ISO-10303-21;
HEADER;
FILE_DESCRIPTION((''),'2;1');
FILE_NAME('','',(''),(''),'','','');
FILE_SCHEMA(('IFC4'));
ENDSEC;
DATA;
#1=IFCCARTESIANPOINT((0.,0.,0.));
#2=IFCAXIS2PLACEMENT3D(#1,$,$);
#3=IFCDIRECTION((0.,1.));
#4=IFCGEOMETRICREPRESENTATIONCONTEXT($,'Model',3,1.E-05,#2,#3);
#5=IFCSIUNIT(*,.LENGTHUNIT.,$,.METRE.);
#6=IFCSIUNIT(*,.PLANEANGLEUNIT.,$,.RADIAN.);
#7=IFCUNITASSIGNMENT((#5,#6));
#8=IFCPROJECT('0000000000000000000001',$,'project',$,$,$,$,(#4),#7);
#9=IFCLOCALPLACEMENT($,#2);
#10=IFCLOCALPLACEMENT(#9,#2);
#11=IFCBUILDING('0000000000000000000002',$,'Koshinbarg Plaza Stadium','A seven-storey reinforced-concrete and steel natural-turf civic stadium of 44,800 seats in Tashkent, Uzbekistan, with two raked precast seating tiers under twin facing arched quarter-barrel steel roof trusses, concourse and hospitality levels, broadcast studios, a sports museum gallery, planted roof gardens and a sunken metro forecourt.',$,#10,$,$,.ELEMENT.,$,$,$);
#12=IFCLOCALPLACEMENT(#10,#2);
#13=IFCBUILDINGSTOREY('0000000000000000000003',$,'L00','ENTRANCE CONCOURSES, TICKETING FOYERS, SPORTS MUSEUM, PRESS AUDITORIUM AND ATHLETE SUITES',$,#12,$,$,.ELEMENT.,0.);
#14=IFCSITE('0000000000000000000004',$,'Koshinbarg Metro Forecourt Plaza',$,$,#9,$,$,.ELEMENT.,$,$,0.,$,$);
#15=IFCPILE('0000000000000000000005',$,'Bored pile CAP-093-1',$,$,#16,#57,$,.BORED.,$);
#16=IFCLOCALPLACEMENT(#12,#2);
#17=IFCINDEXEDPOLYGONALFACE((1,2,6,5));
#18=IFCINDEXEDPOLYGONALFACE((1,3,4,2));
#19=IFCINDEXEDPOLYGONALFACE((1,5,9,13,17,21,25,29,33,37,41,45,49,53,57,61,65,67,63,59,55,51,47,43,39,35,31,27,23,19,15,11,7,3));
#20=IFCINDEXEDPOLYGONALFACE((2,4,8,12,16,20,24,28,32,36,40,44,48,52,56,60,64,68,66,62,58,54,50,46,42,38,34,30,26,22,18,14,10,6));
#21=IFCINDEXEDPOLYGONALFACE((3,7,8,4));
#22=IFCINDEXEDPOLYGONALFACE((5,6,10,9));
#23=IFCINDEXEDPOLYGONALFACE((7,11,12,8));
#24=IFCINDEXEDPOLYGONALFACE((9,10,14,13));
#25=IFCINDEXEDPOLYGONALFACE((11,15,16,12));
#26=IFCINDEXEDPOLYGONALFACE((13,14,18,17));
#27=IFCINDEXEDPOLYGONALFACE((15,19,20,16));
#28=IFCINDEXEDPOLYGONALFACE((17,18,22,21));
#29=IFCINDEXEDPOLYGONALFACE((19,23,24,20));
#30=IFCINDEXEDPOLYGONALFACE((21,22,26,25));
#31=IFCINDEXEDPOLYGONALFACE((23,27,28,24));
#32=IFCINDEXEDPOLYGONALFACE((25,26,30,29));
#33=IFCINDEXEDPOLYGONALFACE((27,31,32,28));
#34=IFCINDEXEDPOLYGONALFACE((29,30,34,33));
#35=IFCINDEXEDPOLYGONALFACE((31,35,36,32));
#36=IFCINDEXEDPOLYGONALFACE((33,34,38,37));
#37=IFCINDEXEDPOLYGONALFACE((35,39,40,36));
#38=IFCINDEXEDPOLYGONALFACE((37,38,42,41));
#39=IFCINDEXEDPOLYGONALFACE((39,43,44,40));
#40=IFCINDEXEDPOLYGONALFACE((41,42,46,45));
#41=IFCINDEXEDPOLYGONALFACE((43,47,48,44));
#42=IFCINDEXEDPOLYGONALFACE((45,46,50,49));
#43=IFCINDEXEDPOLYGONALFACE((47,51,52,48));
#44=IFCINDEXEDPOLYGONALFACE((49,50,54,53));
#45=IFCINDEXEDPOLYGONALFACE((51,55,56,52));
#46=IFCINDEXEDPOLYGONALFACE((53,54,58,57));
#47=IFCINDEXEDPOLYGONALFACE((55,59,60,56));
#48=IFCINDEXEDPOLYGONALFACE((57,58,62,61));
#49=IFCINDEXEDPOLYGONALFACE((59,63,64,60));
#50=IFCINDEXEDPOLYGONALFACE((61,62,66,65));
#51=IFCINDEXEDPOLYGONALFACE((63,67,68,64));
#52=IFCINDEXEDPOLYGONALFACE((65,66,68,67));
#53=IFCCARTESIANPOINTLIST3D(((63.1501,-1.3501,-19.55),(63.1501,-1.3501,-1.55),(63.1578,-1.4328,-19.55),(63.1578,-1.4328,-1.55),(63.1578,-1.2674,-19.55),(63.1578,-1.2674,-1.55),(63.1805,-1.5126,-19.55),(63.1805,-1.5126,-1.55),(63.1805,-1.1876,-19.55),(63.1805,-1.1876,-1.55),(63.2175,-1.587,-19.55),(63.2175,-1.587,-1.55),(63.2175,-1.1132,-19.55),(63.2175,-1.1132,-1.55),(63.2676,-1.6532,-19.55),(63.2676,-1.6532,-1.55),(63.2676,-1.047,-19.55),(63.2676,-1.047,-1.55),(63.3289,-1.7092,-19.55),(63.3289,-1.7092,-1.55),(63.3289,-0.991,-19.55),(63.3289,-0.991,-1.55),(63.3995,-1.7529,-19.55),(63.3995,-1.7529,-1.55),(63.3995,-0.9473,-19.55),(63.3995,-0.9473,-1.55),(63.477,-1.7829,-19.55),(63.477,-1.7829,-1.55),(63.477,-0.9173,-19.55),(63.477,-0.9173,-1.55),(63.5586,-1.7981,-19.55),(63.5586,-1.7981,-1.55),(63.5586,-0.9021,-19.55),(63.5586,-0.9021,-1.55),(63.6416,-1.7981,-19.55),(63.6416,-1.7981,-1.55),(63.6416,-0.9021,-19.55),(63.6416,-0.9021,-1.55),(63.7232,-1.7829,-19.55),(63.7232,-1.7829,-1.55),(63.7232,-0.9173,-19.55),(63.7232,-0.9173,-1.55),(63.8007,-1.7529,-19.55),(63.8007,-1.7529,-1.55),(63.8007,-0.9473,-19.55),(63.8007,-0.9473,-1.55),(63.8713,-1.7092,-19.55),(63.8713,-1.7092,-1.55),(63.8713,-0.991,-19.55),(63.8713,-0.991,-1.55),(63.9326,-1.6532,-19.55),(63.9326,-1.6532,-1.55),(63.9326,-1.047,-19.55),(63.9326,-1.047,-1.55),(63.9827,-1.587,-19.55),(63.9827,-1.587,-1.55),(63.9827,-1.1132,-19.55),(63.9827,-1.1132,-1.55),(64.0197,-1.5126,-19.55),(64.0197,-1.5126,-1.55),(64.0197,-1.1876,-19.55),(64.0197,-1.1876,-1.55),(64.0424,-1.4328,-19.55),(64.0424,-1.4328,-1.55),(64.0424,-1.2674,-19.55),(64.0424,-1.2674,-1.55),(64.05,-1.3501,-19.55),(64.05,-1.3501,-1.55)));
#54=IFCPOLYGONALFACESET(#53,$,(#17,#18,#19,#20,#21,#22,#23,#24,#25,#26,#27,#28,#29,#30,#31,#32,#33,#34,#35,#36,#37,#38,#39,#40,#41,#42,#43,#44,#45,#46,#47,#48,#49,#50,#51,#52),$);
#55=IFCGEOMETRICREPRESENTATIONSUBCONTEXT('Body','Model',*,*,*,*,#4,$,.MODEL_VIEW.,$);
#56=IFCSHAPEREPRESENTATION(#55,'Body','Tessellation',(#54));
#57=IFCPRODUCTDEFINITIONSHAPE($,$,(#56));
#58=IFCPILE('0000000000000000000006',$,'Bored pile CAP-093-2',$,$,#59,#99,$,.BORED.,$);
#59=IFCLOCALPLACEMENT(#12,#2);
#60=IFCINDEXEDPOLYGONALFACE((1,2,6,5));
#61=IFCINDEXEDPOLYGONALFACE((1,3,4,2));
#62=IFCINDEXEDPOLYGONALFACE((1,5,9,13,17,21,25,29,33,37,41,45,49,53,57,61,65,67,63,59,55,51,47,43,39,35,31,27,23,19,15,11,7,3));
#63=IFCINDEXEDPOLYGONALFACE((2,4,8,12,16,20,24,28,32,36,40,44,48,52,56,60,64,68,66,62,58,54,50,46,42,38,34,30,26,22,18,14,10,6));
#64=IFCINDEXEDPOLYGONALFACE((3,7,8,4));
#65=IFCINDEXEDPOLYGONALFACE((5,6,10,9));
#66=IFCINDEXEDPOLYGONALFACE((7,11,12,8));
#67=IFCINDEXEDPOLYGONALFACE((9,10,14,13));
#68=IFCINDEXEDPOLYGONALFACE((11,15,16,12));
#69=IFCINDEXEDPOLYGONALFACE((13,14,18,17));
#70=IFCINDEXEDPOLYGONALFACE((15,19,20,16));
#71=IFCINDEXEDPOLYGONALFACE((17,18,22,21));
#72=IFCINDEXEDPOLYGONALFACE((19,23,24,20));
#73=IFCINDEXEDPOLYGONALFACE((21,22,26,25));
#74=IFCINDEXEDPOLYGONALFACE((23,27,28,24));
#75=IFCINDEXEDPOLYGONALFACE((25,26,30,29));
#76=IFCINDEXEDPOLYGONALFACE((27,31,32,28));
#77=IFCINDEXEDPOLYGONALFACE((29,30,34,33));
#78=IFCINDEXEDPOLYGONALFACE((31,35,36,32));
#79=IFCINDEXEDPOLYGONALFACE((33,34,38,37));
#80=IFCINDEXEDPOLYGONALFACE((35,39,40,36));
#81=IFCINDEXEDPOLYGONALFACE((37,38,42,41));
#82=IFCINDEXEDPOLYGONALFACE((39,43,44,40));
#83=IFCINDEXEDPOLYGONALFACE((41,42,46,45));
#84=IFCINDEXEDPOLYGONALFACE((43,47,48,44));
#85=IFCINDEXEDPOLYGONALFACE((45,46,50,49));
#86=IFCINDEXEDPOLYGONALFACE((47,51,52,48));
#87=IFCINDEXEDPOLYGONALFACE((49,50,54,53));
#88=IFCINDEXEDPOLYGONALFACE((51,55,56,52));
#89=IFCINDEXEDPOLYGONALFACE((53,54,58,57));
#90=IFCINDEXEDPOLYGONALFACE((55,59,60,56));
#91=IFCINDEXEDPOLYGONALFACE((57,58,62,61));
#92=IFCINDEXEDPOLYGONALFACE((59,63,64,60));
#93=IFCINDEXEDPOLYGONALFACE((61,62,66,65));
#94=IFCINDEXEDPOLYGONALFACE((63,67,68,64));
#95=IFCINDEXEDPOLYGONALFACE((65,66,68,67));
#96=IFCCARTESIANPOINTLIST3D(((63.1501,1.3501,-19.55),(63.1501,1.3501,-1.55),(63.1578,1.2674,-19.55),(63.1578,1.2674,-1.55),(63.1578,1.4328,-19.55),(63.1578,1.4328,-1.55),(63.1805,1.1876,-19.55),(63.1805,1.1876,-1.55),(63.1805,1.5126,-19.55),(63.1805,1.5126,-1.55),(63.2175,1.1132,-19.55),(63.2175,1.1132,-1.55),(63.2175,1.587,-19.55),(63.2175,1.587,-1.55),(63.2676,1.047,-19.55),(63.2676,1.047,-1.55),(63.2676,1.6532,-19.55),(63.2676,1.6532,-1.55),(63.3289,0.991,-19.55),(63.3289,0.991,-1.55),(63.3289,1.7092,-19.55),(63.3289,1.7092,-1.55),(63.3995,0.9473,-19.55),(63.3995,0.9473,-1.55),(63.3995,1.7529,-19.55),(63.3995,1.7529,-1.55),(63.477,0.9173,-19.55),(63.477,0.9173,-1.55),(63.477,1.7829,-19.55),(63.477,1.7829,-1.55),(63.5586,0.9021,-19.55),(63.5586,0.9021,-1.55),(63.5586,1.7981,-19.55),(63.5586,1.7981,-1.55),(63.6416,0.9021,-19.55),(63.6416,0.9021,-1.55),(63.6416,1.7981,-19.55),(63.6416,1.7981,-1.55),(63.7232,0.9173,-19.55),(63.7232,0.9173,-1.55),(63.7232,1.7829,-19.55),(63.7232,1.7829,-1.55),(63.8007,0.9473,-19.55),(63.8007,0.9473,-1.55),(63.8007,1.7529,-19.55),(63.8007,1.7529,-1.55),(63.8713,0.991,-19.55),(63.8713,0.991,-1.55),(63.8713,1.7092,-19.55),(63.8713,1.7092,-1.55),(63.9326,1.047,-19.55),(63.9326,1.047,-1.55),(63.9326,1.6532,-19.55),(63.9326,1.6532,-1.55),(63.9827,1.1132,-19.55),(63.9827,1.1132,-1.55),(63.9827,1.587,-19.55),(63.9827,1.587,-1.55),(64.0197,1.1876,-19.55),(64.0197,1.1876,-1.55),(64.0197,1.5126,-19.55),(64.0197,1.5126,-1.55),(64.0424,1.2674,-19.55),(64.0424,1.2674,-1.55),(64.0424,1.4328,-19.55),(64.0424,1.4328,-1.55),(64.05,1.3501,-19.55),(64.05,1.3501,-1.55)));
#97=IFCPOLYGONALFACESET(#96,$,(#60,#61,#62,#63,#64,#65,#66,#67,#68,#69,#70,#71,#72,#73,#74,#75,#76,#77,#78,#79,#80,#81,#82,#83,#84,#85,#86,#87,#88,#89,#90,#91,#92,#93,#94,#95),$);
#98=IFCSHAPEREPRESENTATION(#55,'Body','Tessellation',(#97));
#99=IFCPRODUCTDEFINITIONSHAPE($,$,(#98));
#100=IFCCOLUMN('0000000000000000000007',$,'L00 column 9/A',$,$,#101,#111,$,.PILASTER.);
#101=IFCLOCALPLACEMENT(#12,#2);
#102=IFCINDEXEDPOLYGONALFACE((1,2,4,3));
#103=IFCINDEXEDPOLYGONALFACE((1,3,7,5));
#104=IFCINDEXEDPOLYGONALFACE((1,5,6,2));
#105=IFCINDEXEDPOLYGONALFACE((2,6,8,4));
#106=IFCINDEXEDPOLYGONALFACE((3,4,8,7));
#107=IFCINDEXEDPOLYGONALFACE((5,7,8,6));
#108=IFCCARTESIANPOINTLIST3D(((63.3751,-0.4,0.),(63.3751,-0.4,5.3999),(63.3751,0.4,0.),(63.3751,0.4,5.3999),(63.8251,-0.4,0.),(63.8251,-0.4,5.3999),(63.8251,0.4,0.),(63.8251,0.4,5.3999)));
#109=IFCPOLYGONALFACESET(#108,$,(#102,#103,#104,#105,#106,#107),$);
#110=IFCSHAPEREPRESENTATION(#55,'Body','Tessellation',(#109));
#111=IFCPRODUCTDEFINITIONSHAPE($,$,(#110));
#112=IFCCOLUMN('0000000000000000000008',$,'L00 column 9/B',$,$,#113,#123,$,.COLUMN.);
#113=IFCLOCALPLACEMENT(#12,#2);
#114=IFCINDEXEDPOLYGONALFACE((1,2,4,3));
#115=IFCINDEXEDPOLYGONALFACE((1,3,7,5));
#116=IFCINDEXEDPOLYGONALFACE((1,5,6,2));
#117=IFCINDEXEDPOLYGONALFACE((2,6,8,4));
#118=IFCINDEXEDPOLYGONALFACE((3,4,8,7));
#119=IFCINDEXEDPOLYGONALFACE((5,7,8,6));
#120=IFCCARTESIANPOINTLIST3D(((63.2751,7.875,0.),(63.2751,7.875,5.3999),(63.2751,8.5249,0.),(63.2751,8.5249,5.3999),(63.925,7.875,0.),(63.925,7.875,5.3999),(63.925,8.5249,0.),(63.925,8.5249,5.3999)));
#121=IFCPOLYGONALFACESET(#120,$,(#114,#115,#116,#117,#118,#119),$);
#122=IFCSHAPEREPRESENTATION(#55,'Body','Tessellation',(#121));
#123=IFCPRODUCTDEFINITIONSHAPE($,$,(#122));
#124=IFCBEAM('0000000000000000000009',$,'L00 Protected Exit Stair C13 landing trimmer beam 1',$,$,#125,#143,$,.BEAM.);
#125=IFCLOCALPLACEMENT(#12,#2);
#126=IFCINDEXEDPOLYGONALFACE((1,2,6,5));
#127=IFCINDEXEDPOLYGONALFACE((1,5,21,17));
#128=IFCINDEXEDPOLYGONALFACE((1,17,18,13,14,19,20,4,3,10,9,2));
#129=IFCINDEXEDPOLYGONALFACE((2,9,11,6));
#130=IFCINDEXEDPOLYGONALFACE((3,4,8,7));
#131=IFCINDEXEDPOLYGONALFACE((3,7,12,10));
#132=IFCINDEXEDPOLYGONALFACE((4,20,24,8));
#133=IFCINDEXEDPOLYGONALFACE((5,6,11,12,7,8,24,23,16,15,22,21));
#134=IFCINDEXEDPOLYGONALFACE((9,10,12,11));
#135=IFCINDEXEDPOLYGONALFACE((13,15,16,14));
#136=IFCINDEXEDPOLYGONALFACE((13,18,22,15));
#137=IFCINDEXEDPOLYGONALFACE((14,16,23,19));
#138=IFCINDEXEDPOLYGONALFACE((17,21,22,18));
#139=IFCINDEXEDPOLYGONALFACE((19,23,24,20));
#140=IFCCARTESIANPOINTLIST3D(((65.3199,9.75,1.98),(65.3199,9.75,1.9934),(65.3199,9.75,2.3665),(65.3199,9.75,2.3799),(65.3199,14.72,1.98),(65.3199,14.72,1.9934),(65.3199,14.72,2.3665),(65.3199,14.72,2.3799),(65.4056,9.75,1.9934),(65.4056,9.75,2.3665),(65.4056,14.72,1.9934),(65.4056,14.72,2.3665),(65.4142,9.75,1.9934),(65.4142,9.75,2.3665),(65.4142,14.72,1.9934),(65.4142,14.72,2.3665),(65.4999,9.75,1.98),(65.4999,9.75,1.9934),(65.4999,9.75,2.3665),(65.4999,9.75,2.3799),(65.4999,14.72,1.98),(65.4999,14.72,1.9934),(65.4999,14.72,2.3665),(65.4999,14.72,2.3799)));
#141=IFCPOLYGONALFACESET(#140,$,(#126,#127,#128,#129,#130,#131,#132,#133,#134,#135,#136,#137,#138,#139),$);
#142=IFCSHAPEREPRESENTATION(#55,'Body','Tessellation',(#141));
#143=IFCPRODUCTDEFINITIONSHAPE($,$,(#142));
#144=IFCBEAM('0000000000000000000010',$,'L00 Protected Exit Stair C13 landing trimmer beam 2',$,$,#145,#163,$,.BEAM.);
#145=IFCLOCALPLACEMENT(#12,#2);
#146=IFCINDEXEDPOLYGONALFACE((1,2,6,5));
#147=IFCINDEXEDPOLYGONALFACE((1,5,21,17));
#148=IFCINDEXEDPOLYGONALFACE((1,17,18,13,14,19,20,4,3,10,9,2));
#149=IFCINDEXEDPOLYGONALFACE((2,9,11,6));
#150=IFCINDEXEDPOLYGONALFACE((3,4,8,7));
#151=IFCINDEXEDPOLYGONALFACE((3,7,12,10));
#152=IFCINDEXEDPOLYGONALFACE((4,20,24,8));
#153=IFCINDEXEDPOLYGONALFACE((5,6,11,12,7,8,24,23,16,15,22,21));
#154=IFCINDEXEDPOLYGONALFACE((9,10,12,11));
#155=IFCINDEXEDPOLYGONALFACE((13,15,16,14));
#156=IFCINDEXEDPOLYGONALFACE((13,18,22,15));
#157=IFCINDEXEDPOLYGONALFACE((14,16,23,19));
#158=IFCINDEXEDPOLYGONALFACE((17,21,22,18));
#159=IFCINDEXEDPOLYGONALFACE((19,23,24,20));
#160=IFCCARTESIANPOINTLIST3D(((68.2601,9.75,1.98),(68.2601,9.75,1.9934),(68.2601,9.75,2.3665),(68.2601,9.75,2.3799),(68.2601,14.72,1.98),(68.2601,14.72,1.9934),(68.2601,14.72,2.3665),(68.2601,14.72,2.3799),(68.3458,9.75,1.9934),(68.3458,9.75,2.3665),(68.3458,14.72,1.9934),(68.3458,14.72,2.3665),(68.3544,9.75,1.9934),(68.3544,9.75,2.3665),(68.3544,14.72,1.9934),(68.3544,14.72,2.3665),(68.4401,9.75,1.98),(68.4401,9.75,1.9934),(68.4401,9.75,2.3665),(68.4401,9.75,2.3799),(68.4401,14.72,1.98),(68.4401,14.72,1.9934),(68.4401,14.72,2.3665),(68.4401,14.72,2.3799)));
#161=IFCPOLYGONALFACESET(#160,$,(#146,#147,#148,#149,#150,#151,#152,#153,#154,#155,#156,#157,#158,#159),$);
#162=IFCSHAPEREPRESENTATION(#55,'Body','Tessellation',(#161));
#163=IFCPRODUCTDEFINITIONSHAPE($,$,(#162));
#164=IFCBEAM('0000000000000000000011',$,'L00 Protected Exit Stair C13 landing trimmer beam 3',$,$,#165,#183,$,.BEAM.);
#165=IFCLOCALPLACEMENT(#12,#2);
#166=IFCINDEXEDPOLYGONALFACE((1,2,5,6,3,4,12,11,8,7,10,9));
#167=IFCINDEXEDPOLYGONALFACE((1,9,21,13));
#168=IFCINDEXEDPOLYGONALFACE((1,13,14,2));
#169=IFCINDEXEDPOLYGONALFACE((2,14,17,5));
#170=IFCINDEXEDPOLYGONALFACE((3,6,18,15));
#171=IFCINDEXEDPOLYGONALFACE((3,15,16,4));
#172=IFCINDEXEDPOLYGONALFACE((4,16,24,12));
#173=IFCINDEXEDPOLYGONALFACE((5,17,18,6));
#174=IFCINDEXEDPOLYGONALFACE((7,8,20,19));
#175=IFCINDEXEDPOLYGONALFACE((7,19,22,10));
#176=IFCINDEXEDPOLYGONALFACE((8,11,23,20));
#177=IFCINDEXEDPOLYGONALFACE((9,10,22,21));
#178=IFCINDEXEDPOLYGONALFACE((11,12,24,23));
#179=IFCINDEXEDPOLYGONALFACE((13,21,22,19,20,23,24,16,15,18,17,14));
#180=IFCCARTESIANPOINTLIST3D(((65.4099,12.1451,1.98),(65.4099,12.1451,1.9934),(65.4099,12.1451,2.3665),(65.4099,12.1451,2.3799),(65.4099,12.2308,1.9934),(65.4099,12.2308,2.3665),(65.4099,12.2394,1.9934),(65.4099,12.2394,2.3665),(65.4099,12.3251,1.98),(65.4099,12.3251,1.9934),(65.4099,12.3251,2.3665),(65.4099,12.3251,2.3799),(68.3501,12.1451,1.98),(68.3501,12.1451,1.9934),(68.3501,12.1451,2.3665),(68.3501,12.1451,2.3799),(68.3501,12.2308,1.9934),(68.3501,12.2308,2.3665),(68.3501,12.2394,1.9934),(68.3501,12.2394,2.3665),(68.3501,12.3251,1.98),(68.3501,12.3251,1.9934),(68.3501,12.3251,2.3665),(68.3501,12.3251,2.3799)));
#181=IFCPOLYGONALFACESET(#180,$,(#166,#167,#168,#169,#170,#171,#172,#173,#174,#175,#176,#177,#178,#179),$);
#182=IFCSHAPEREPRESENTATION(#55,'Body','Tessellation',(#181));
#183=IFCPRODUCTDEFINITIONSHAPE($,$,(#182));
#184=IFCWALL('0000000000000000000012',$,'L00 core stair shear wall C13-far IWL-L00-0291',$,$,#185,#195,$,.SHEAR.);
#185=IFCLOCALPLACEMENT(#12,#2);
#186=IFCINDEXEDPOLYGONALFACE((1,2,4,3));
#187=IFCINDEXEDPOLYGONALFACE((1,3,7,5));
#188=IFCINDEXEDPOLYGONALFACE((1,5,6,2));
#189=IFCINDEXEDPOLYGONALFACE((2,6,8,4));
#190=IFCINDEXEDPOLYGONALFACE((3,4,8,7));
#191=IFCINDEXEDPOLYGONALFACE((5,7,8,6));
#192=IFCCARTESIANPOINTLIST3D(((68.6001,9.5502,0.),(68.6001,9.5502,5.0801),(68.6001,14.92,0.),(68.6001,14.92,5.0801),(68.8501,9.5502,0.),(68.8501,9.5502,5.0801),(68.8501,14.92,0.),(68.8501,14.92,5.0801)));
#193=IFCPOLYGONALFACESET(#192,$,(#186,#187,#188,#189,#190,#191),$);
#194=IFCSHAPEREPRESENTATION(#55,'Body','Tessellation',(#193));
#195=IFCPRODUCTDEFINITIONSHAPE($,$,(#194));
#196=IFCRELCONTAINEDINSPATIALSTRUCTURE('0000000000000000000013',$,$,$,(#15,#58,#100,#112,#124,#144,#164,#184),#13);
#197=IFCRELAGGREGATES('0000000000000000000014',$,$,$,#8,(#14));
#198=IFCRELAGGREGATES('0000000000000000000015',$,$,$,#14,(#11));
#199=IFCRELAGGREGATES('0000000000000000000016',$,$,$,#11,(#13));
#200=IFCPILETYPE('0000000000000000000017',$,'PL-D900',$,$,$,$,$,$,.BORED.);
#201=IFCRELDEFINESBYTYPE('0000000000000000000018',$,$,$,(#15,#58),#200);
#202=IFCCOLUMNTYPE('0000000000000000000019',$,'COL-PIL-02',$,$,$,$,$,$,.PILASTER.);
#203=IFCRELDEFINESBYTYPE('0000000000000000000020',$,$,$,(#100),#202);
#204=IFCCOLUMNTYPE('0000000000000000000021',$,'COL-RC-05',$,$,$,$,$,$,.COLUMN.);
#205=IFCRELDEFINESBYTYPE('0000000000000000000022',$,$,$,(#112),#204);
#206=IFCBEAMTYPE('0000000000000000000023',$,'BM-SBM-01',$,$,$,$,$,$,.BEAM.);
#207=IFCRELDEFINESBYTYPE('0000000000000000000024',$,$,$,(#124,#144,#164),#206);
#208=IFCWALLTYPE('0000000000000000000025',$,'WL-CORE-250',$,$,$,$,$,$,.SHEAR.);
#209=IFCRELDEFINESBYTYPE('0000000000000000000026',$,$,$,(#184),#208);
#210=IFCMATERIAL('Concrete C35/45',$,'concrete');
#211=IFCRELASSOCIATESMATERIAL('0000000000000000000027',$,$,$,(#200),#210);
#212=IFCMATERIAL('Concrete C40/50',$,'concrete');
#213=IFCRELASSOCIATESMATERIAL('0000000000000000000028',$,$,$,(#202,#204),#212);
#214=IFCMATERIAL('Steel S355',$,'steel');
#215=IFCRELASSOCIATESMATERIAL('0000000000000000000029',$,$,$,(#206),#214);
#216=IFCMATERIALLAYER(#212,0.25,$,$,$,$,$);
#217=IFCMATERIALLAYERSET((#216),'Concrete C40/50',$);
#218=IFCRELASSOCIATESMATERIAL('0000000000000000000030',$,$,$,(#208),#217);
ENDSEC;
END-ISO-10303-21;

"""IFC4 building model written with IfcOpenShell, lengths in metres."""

from ifc_helpers import new_model, si_unit, direction, frame, frame_2d, origin, origin_2d, place, context, subcontext, project, spatial, rectangle, circle, i_section, extrude, material, layer, layer_set, material_profile, profile_set, type_object, element, save


model = new_model("IFC4")

# Units and contexts
model_context = context("Model", 3, precision=1e-05, world=origin(), true_north=direction((0.0, 1.0)))
body_context = subcontext(model_context, "Body", "Model", "MODEL_VIEW")
ifc_project = project(units=[si_unit("LENGTHUNIT", "METRE"), si_unit("PLANEANGLEUNIT", "RADIAN")], contexts=[model_context])

# Site, building, storey
site_placement = place(None, origin())
site = spatial("IfcSite", under=ifc_project, at=site_placement, Name="Koshinbarg Metro Forecourt Plaza", CompositionType="ELEMENT", RefElevation=0.0)
building_placement = place(site_placement, origin())
building = spatial("IfcBuilding", under=site, at=building_placement, Name="Koshinbarg Plaza Stadium", Description="A seven-storey reinforced-concrete and steel natural-turf civic stadium of 44,800 seats in Tashkent, Uzbekistan, with two raked precast seating tiers under twin facing arched quarter-barrel steel roof trusses, concourse and hospitality levels, broadcast studios, a sports museum gallery, planted roof gardens and a sunken metro forecourt.", CompositionType="ELEMENT")
storey_placement = place(building_placement, origin())
storey = spatial("IfcBuildingStorey", under=building, at=storey_placement, Name="L00", Description="ENTRANCE CONCOURSES, TICKETING FOYERS, SPORTS MUSEUM, PRESS AUDITORIUM AND ATHLETE SUITES", CompositionType="ELEMENT", Elevation=0.0)

# Shared definitions
ifc_material_1 = material(Name="Concrete C35/45", Category="concrete")

# Piles
ifc_material_profile_1 = material_profile(ifc_material_1, circle(Radius=0.45, at=origin_2d()), Name="PILE D900")
ifc_profile_set_1 = profile_set([ifc_material_profile_1], Name="Concrete C35/45")
pile_type_1 = type_object("IfcPileType", Name="PL-D900", PredefinedType="BORED", material=ifc_profile_set_1)
for number, where, z_axis, x_axis, name in (
    (1, (63.6001, -1.3501, -1.55), (0.0, 0.0, -1.0), (1.0, 0.0, 0.0), "Bored pile CAP-093-1"),
    (2, (63.6001, 1.3501, -1.55), (0.0, 0.0, -1.0), (1.0, 0.0, 0.0), "Bored pile CAP-093-2"),
):
    element("IfcPile", number, at=place(storey_placement, frame(where, z_axis=z_axis, x_axis=x_axis)), inside=storey, type_object=pile_type_1, Name=name, PredefinedType="BORED", context=body_context, shape_type="SweptSolid", body=[
        extrude(circle(Radius=0.45, at=origin_2d()), origin(), (0.0, 0.0, 1.0), 18.0),
    ])

# Columns
ifc_material_2 = material(Name="Concrete C40/50", Category="concrete")
ifc_material_profile_2 = material_profile(ifc_material_2, rectangle(XDim=0.45, YDim=0.8, at=origin_2d()), Name="PIL 450x800")
ifc_profile_set_2 = profile_set([ifc_material_profile_2], Name="Concrete C40/50")
column_type_1 = type_object("IfcColumnType", Name="COL-PIL-02", PredefinedType="PILASTER", material=ifc_profile_set_2)
column_1_placement = place(storey_placement, frame((63.6001, 0.0, 0.0), z_axis=(0.0, 0.0, 1.0), x_axis=(1.0, 0.0, 0.0)))
element("IfcColumn", 3, at=column_1_placement, inside=storey, type_object=column_type_1, Name="L00 column 9/A", PredefinedType="PILASTER", context=body_context, shape_type="SweptSolid", body=[
    extrude(rectangle(XDim=0.45, YDim=0.8, at=origin_2d()), origin(), (0.0, 0.0, 1.0), 5.3999),
])
ifc_material_profile_3 = material_profile(ifc_material_2, rectangle(XDim=0.6499, YDim=0.6499, at=origin_2d()), Name="RC 650x650")
ifc_profile_set_3 = profile_set([ifc_material_profile_3], Name="Concrete C40/50")
column_type_2 = type_object("IfcColumnType", Name="COL-RC-05", PredefinedType="COLUMN", material=ifc_profile_set_3)
column_2_placement = place(storey_placement, frame((63.6001, 8.2, 0.0), z_axis=(0.0, 0.0, 1.0), x_axis=(1.0, 0.0, 0.0)))
element("IfcColumn", 4, at=column_2_placement, inside=storey, type_object=column_type_2, Name="L00 column 9/B", PredefinedType="COLUMN", context=body_context, shape_type="SweptSolid", body=[
    extrude(rectangle(XDim=0.6499, YDim=0.6499, at=origin_2d()), origin(), (0.0, 0.0, 1.0), 5.3999),
])

# Beams
ifc_material_3 = material(Name="Steel S355", Category="steel")
ifc_material_profile_4 = material_profile(ifc_material_3, i_section(OverallWidth=0.1799, OverallDepth=0.3999, WebThickness=0.0085, FlangeThickness=0.0134, at=origin_2d()), Name="IPE 400")
ifc_profile_set_4 = profile_set([ifc_material_profile_4], Name="Steel S355")
beam_type = type_object("IfcBeamType", Name="BM-SBM-01", PredefinedType="BEAM", material=ifc_profile_set_4)
for number, where, z_axis, x_axis, name in (
    (5, (65.4099, 9.75, 2.1799), (0.0, 1.0, 0.0), (-1.0, 0.0, 0.0), "L00 Protected Exit Stair C13 landing trimmer beam 1"),
    (6, (68.3501, 9.75, 2.1799), (0.0, 1.0, 0.0), (-1.0, 0.0, 0.0), "L00 Protected Exit Stair C13 landing trimmer beam 2"),
):
    element("IfcBeam", number, at=place(storey_placement, frame(where, z_axis=z_axis, x_axis=x_axis)), inside=storey, type_object=beam_type, Name=name, PredefinedType="BEAM", context=body_context, shape_type="SweptSolid", body=[
        extrude(i_section(OverallWidth=0.1799, OverallDepth=0.3999, WebThickness=0.0085, FlangeThickness=0.0134, at=origin_2d()), origin(), (0.0, 0.0, 1.0), 4.97),
    ])
beam_placement = place(storey_placement, frame((65.4099, 12.2351, 2.1799), z_axis=(1.0, 0.0, 0.0), x_axis=(0.0, 1.0, 0.0)))
element("IfcBeam", 7, at=beam_placement, inside=storey, type_object=beam_type, Name="L00 Protected Exit Stair C13 landing trimmer beam 3", PredefinedType="BEAM", context=body_context, shape_type="SweptSolid", body=[
    extrude(i_section(OverallWidth=0.1799, OverallDepth=0.3999, WebThickness=0.0085, FlangeThickness=0.0134, at=origin_2d()), origin(), (0.0, 0.0, 1.0), 2.9402),
])

# Wall
ifc_layer_1 = layer(ifc_material_2, 0.25)
ifc_layer_set_1 = layer_set([ifc_layer_1], Name="Concrete C40/50")
wall_type_1 = type_object("IfcWallType", Name="WL-CORE-250", PredefinedType="SHEAR", material=ifc_layer_set_1)
wall_1_placement = place(storey_placement, frame((68.7251, 9.55, 0.0), z_axis=(0.0, 0.0, 1.0), x_axis=(0.0, 1.0, 0.0)))
element("IfcWall", 8, at=wall_1_placement, inside=storey, type_object=wall_type_1, Name="L00 core stair shear wall C13-far IWL-L00-0291", PredefinedType="SHEAR", context=body_context, shape_type="SweptSolid", body=[
    extrude(rectangle(XDim=5.3699, YDim=0.25, at=frame_2d((2.6851, 0.0))), origin(), (0.0, 0.0, 1.0), 5.0801),
])

save(model, "model.ifc")
